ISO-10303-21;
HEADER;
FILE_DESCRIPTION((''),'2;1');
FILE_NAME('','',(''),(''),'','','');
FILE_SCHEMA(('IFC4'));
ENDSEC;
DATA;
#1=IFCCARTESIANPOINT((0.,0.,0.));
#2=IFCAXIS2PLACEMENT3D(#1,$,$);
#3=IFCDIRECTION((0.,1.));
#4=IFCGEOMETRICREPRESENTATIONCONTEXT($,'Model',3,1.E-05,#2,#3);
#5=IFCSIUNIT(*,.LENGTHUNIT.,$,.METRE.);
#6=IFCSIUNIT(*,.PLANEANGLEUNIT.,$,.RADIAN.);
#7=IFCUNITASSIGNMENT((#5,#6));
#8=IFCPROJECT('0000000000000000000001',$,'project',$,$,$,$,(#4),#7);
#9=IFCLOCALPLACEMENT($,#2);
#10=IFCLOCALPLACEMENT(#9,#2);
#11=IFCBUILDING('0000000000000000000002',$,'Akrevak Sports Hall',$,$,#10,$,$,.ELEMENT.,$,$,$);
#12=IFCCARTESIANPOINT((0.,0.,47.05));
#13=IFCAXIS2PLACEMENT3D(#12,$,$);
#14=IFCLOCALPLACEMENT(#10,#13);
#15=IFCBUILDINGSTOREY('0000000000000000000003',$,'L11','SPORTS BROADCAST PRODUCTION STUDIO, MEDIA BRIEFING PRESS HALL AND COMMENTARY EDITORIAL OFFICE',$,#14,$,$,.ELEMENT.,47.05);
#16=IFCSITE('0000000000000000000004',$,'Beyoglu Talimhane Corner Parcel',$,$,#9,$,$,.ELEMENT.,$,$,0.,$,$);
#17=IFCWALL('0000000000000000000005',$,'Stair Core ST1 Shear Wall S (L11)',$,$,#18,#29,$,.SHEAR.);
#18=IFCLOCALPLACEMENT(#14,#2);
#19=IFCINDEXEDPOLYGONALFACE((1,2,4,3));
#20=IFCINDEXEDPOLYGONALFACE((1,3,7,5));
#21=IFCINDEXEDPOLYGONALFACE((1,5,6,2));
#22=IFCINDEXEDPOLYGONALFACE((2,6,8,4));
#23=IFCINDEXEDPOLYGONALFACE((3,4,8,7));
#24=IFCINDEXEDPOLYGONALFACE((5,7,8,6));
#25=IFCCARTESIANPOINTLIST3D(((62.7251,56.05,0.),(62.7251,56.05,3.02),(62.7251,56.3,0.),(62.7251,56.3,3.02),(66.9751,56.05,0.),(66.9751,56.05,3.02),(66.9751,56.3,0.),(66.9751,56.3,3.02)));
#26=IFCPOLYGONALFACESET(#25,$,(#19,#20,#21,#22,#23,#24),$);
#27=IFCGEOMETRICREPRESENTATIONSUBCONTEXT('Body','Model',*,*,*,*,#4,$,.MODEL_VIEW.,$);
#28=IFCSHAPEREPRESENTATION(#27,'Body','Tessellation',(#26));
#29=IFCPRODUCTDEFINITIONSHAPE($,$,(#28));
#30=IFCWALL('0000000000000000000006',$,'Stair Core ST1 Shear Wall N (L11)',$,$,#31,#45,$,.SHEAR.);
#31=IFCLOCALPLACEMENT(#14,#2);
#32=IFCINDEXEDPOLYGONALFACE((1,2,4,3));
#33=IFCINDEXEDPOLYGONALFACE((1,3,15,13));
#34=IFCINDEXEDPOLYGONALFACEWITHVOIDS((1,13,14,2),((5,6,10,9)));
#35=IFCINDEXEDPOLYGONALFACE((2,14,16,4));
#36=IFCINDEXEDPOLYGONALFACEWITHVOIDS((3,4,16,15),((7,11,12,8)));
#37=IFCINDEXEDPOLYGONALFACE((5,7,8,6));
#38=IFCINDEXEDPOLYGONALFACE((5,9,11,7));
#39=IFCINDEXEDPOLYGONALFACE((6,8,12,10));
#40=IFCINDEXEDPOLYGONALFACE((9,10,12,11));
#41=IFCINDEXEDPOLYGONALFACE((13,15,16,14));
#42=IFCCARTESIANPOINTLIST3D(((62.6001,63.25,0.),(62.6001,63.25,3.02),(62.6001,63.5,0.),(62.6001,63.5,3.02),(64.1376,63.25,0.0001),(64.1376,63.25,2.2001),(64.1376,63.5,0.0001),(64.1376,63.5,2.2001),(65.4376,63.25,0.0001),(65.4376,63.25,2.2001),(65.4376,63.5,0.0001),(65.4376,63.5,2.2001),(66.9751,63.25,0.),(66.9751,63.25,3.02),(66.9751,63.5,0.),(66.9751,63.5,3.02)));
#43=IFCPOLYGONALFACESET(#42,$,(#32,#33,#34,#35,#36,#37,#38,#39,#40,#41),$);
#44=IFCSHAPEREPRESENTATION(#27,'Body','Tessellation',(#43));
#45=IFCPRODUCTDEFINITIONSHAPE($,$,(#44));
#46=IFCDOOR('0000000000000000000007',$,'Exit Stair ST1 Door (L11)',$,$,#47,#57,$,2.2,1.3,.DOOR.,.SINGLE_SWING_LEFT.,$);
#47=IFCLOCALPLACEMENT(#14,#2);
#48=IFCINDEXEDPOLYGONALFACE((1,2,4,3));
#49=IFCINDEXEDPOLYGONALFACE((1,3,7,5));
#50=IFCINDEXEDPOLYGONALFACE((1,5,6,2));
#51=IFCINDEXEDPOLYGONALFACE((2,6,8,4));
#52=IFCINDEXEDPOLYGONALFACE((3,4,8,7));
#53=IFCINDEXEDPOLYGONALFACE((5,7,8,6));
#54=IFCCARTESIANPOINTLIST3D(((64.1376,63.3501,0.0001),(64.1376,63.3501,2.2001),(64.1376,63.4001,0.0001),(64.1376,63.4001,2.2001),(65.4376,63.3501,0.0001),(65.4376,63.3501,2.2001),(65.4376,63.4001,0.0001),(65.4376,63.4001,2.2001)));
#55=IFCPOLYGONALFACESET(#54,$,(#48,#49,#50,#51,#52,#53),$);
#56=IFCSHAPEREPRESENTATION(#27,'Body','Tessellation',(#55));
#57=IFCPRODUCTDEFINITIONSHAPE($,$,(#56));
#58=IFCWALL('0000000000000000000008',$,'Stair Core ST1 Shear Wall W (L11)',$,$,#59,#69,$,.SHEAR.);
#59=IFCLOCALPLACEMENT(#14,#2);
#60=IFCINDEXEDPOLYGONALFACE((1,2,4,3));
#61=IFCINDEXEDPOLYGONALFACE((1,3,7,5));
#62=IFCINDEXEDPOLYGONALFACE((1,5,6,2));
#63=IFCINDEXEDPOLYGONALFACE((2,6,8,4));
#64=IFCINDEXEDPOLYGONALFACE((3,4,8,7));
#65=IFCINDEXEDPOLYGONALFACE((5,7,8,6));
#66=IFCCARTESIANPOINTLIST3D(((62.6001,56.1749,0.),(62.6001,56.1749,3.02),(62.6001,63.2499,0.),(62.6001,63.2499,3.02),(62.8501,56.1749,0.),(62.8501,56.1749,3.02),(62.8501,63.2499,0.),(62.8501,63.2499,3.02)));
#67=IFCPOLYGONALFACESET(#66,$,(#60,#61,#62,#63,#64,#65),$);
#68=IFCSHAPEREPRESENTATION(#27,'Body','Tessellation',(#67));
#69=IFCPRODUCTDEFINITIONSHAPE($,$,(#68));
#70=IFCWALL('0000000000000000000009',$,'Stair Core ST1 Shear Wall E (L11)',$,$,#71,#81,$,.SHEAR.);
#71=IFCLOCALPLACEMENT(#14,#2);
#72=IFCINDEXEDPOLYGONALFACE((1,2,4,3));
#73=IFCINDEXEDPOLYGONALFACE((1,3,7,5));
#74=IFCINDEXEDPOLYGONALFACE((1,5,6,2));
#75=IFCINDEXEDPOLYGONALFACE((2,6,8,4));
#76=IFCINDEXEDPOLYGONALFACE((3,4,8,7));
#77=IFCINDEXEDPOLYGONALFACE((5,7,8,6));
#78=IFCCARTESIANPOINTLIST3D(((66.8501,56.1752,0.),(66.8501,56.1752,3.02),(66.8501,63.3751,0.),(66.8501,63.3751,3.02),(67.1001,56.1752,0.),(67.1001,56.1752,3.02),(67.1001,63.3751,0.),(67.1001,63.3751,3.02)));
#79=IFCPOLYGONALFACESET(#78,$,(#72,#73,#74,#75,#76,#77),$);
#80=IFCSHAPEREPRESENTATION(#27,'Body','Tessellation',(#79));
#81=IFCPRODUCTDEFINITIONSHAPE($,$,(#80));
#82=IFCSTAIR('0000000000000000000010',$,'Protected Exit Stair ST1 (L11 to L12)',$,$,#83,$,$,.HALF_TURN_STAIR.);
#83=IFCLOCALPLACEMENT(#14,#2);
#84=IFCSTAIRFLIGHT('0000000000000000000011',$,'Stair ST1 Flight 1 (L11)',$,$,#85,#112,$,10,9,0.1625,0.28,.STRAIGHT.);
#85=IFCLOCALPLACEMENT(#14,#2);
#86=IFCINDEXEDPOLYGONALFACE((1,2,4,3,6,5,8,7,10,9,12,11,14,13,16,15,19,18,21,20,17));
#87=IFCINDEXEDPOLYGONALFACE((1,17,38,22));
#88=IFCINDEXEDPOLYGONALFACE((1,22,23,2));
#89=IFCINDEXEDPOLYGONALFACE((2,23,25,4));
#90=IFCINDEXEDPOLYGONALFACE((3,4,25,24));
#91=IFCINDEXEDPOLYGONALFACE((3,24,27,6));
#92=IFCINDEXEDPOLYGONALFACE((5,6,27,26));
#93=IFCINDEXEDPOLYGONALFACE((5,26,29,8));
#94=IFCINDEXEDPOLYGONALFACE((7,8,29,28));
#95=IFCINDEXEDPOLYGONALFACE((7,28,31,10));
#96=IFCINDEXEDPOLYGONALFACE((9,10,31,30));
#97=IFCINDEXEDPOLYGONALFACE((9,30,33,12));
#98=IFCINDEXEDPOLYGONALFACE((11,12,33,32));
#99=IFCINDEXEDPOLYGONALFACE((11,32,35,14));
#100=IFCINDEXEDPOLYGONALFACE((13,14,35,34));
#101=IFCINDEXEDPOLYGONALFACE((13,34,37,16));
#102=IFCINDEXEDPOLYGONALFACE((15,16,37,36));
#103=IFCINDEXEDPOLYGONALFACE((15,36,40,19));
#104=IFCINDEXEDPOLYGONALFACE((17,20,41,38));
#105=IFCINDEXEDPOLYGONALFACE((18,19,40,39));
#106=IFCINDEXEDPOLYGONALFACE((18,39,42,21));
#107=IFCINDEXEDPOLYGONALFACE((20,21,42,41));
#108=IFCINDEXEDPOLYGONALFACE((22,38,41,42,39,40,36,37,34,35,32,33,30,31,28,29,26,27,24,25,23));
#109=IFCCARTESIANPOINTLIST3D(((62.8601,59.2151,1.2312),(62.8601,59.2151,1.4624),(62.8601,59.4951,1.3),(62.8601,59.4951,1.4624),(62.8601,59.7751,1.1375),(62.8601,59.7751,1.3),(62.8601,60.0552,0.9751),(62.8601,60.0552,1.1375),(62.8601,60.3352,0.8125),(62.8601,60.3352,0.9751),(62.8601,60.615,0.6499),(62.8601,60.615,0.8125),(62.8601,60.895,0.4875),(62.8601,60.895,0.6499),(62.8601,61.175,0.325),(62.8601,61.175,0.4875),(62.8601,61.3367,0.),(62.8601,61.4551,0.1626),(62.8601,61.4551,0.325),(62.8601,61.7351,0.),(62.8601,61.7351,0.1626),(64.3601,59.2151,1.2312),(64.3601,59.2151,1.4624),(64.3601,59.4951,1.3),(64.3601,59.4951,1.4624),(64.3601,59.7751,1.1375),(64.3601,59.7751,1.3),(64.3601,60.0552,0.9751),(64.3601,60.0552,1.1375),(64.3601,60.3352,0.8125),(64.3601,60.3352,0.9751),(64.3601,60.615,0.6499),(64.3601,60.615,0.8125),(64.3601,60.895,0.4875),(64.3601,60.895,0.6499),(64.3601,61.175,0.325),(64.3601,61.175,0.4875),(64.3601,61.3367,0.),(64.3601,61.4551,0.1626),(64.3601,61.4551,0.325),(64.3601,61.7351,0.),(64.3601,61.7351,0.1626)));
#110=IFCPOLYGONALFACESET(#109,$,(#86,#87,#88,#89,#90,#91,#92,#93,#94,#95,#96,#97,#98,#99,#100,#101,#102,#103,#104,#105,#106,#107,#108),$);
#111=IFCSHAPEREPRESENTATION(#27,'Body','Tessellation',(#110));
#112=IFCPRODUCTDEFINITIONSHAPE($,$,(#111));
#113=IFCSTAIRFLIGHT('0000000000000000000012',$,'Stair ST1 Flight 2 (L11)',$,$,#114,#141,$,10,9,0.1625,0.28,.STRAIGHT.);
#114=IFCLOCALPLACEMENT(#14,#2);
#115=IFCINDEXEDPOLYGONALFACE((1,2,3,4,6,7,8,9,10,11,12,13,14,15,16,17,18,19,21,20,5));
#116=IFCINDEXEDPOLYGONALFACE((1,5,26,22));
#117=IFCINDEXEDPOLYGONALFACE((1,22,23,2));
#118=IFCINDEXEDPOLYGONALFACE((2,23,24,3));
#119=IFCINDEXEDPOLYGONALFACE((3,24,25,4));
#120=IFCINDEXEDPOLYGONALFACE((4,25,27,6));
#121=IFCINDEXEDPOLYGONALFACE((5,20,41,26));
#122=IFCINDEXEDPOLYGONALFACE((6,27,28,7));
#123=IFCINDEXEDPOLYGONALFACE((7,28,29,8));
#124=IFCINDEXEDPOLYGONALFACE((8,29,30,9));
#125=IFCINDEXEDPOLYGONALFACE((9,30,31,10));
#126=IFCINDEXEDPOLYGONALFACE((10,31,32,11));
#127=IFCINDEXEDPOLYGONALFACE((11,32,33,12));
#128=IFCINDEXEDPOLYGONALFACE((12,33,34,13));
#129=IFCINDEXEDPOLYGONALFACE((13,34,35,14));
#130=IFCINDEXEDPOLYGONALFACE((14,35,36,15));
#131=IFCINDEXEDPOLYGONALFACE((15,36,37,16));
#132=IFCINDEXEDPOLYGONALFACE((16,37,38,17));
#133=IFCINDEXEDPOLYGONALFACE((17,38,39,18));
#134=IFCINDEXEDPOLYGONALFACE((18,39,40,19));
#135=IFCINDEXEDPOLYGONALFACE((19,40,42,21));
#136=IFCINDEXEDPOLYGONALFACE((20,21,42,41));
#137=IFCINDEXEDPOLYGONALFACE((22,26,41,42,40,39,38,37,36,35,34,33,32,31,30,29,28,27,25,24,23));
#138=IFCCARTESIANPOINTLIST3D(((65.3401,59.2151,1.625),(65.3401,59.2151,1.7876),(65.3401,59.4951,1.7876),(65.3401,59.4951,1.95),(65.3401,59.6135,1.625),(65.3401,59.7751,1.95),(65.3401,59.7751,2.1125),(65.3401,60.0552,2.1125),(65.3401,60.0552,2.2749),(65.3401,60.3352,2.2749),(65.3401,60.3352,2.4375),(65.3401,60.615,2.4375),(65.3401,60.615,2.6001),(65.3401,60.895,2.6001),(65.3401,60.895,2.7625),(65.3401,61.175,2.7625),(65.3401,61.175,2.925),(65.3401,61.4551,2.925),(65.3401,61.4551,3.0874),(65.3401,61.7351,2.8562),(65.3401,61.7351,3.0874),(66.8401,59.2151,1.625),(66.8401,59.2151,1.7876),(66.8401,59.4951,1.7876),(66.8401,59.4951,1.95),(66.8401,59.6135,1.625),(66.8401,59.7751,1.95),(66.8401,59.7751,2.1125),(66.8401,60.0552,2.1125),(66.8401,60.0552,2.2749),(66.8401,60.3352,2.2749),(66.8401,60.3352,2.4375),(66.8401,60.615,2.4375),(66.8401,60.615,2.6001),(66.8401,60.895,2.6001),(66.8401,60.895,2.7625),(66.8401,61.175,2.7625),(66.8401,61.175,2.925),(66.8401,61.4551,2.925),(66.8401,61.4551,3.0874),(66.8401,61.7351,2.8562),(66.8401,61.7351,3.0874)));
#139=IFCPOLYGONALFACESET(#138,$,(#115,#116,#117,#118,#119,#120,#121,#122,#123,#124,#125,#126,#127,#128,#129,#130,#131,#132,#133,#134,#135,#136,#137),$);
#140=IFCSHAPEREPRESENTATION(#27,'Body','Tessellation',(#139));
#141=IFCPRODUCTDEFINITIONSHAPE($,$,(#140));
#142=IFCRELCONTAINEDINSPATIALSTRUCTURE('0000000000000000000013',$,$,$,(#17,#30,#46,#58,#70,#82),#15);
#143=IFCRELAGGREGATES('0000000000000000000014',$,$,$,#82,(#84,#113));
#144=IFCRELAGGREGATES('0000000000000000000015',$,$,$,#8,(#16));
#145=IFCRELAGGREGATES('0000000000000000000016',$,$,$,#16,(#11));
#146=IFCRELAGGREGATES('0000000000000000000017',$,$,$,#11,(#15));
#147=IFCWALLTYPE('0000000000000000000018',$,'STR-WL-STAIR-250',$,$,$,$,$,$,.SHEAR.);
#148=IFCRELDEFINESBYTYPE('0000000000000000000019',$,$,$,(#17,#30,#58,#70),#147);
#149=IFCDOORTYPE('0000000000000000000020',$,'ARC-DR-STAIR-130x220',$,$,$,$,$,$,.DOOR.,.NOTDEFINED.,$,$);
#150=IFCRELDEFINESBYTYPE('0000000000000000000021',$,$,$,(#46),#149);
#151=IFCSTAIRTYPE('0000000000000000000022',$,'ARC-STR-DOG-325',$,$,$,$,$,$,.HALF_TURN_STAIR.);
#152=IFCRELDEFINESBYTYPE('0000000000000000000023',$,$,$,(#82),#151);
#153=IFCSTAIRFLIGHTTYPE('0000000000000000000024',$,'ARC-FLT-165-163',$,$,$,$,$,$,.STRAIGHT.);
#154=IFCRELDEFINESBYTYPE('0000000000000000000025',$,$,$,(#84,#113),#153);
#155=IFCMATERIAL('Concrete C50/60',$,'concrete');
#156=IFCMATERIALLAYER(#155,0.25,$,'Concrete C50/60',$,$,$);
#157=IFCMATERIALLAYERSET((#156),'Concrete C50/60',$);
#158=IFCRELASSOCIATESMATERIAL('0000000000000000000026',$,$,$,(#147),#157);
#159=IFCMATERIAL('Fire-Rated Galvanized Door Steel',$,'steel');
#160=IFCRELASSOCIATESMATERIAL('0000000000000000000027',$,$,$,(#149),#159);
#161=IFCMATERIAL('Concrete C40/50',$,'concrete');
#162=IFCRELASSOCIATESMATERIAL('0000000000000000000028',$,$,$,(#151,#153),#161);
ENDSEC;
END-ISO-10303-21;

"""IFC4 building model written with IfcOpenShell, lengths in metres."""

from ifc_helpers import new_model, si_unit, direction, frame, frame_2d, origin, place, context, subcontext, project, spatial, polyline, rectangle, outline, extrude, material, layer, layer_set, type_object, element, fill, aggregate, save


model = new_model("IFC4")

# Units and contexts
model_context = context("Model", 3, precision=1e-05, world=origin(), true_north=direction((0.0, 1.0)))
body_context = subcontext(model_context, "Body", "Model", "MODEL_VIEW")
ifc_project = project(units=[si_unit("LENGTHUNIT", "METRE"), si_unit("PLANEANGLEUNIT", "RADIAN")], contexts=[model_context])

# Site, building, storey
site_placement = place(None, origin())
site = spatial("IfcSite", under=ifc_project, at=site_placement, Name="Beyoglu Talimhane Corner Parcel", CompositionType="ELEMENT", RefElevation=0.0)
building_placement = place(site_placement, origin())
building = spatial("IfcBuilding", under=site, at=building_placement, Name="Akrevak Sports Hall", CompositionType="ELEMENT")
storey_placement = place(building_placement, frame((0.0, 0.0, 47.05)))
storey = spatial("IfcBuildingStorey", under=building, at=storey_placement, Name="L11", Description="SPORTS BROADCAST PRODUCTION STUDIO, MEDIA BRIEFING PRESS HALL AND COMMENTARY EDITORIAL OFFICE", CompositionType="ELEMENT", Elevation=47.05)

# Shared definitions
ifc_material_1 = material(Name="Concrete C40/50", Category="concrete")

# Shared definitions
ifc_material_2 = material(Name="Concrete C50/60", Category="concrete")

# Wall
ifc_layer_1 = layer(ifc_material_2, 0.25, Name="Concrete C50/60")
ifc_layer_set_1 = layer_set([ifc_layer_1], Name="Concrete C50/60")
wall_type_1 = type_object("IfcWallType", Name="STR-WL-STAIR-250", PredefinedType="SHEAR", material=ifc_layer_set_1)
wall_1_placement = place(storey_placement, frame((62.7251, 56.175, 0.0), z_axis=(0.0, 0.0, 1.0), x_axis=(1.0, 0.0, 0.0)))
element("IfcWall", 1, at=wall_1_placement, inside=storey, type_object=wall_type_1, Name="Stair Core ST1 Shear Wall S (L11)", PredefinedType="SHEAR", context=body_context, shape_type="SweptSolid", body=[
    extrude(rectangle(XDim=4.25, YDim=0.25, at=frame_2d((2.125, 0.0))), origin(), (0.0, 0.0, 1.0), 3.02),
])

# Wall, opening, door
wall_2_placement = place(storey_placement, frame((66.9751, 63.375, 0.0), z_axis=(0.0, 0.0, 1.0), x_axis=(-1.0, 0.0, 0.0)))
wall_2 = element("IfcWall", 2, at=wall_2_placement, inside=storey, type_object=wall_type_1, Name="Stair Core ST1 Shear Wall N (L11)", PredefinedType="SHEAR", context=body_context, shape_type="SweptSolid", body=[
    extrude(rectangle(XDim=4.375, YDim=0.25, at=frame_2d((2.1875, 0.0))), origin(), (0.0, 0.0, 1.0), 3.02),
])
opening_1_placement = place(wall_2_placement, frame((1.5376, 0.0, 0.0)))
opening_1 = element("IfcOpeningElement", 3, at=opening_1_placement, cuts=wall_2, PredefinedType="OPENING", context=body_context, shape_type="SweptSolid", body=[
    extrude(rectangle(XDim=1.3, YDim=2.2, at=frame_2d((0.6499, 1.1001))), frame((0.0, 0.137, 0.0), z_axis=(0.0, -1.0, 0.0), x_axis=(1.0, 0.0, 0.0)), (0.0, 0.0, 1.0), 0.2739),
])
ifc_material_3 = material(Name="Fire-Rated Galvanized Door Steel", Category="steel")
door_type_1 = type_object("IfcDoorType", Name="ARC-DR-STAIR-130x220", OperationType="NOTDEFINED", PredefinedType="DOOR", material=ifc_material_3)
door_1_placement = place(opening_1_placement, origin())
door_1 = element("IfcDoor", 4, at=door_1_placement, inside=storey, type_object=door_type_1, Name="Exit Stair ST1 Door (L11)", OperationType="SINGLE_SWING_LEFT", OverallHeight=2.2, OverallWidth=1.3, PredefinedType="DOOR", context=body_context, shape_type="SweptSolid", body=[
    extrude(rectangle(XDim=1.3, YDim=2.2, at=frame_2d((0.6499, 1.1001))), frame((0.0, 0.0249, 0.0), z_axis=(0.0, -1.0, 0.0), x_axis=(1.0, 0.0, 0.0)), (0.0, 0.0, 1.0), 0.05),
])
fill(opening_1, door_1)

# Walls
wall_3_placement = place(storey_placement, frame((62.7251, 63.25, 0.0), z_axis=(0.0, 0.0, 1.0), x_axis=(0.0, -1.0, 0.0)))
element("IfcWall", 5, at=wall_3_placement, inside=storey, type_object=wall_type_1, Name="Stair Core ST1 Shear Wall W (L11)", PredefinedType="SHEAR", context=body_context, shape_type="SweptSolid", body=[
    extrude(rectangle(XDim=7.075, YDim=0.25, at=frame_2d((3.5376, 0.0))), origin(), (0.0, 0.0, 1.0), 3.02),
])
wall_4_placement = place(storey_placement, frame((66.9751, 56.175, 0.0), z_axis=(0.0, 0.0, 1.0), x_axis=(0.0, 1.0, 0.0)))
element("IfcWall", 6, at=wall_4_placement, inside=storey, type_object=wall_type_1, Name="Stair Core ST1 Shear Wall E (L11)", PredefinedType="SHEAR", context=body_context, shape_type="SweptSolid", body=[
    extrude(rectangle(XDim=7.2, YDim=0.25, at=frame_2d((3.6001, 0.0))), origin(), (0.0, 0.0, 1.0), 3.02),
])

# Stair, stair flights
stair_type = type_object("IfcStairType", Name="ARC-STR-DOG-325", PredefinedType="HALF_TURN_STAIR", material=ifc_material_1)
stair_placement = place(storey_placement, origin())
stair = element("IfcStair", 7, at=stair_placement, inside=storey, type_object=stair_type, Name="Protected Exit Stair ST1 (L11 to L12)", PredefinedType="HALF_TURN_STAIR")
stair_flight_type = type_object("IfcStairFlightType", Name="ARC-FLT-165-163", PredefinedType="STRAIGHT", material=ifc_material_1)
stair_flight_1_placement = place(storey_placement, frame((63.6101, 61.7351, 0.0), z_axis=(0.0, 0.0, 1.0), x_axis=(0.0, -1.0, 0.0)))
stair_flight_1 = element("IfcStairFlight", 8, at=stair_flight_1_placement, type_object=stair_flight_type, Name="Stair ST1 Flight 1 (L11)", NumberOfRisers=10, NumberOfTreads=9, PredefinedType="STRAIGHT", RiserHeight=0.1625, TreadLength=0.28, context=body_context, shape_type="SweptSolid", body=[
    extrude(outline(polyline([(0.0, 0.0), (0.0, 0.1626), (0.28, 0.1626), (0.28, 0.325), (0.5601, 0.325), (0.5601, 0.4875), (0.8401, 0.4875), (0.8401, 0.6499), (1.1201, 0.6499), (1.1201, 0.8125), (1.3999, 0.8125), (1.3999, 0.9751), (1.6799, 0.9751), (1.6799, 1.1375), (1.96, 1.1375), (1.96, 1.3), (2.24, 1.3), (2.24, 1.4624), (2.52, 1.4624), (2.52, 1.625), (2.52, 1.2312), (0.3984, 0.0), (0.0, 0.0)])), frame((0.0, 0.75, 0.0), z_axis=(0.0, -1.0, 0.0), x_axis=(1.0, 0.0, 0.0)), (0.0, 0.0, 1.0), 1.5),
])
stair_flight_2_placement = place(storey_placement, frame((66.0901, 59.2151, 1.625), z_axis=(0.0, 0.0, 1.0), x_axis=(0.0, 1.0, 0.0)))
stair_flight_2 = element("IfcStairFlight", 9, at=stair_flight_2_placement, type_object=stair_flight_type, Name="Stair ST1 Flight 2 (L11)", NumberOfRisers=10, NumberOfTreads=9, PredefinedType="STRAIGHT", RiserHeight=0.1625, TreadLength=0.28, context=body_context, shape_type="SweptSolid", body=[
    extrude(outline(polyline([(0.0, 0.0), (0.0, 0.1626), (0.28, 0.1626), (0.28, 0.325), (0.5601, 0.325), (0.5601, 0.4875), (0.8401, 0.4875), (0.8401, 0.6499), (1.1201, 0.6499), (1.1201, 0.8125), (1.3999, 0.8125), (1.3999, 0.9751), (1.6799, 0.9751), (1.6799, 1.1375), (1.96, 1.1375), (1.96, 1.3), (2.24, 1.3), (2.24, 1.4624), (2.52, 1.4624), (2.52, 1.625), (2.52, 1.2312), (0.3984, 0.0), (0.0, 0.0)])), frame((0.0, 0.75, 0.0), z_axis=(0.0, -1.0, 0.0), x_axis=(1.0, 0.0, 0.0)), (0.0, 0.0, 1.0), 1.5),
])
aggregate(stair, [stair_flight_1, stair_flight_2])

save(model, "model.ifc")
